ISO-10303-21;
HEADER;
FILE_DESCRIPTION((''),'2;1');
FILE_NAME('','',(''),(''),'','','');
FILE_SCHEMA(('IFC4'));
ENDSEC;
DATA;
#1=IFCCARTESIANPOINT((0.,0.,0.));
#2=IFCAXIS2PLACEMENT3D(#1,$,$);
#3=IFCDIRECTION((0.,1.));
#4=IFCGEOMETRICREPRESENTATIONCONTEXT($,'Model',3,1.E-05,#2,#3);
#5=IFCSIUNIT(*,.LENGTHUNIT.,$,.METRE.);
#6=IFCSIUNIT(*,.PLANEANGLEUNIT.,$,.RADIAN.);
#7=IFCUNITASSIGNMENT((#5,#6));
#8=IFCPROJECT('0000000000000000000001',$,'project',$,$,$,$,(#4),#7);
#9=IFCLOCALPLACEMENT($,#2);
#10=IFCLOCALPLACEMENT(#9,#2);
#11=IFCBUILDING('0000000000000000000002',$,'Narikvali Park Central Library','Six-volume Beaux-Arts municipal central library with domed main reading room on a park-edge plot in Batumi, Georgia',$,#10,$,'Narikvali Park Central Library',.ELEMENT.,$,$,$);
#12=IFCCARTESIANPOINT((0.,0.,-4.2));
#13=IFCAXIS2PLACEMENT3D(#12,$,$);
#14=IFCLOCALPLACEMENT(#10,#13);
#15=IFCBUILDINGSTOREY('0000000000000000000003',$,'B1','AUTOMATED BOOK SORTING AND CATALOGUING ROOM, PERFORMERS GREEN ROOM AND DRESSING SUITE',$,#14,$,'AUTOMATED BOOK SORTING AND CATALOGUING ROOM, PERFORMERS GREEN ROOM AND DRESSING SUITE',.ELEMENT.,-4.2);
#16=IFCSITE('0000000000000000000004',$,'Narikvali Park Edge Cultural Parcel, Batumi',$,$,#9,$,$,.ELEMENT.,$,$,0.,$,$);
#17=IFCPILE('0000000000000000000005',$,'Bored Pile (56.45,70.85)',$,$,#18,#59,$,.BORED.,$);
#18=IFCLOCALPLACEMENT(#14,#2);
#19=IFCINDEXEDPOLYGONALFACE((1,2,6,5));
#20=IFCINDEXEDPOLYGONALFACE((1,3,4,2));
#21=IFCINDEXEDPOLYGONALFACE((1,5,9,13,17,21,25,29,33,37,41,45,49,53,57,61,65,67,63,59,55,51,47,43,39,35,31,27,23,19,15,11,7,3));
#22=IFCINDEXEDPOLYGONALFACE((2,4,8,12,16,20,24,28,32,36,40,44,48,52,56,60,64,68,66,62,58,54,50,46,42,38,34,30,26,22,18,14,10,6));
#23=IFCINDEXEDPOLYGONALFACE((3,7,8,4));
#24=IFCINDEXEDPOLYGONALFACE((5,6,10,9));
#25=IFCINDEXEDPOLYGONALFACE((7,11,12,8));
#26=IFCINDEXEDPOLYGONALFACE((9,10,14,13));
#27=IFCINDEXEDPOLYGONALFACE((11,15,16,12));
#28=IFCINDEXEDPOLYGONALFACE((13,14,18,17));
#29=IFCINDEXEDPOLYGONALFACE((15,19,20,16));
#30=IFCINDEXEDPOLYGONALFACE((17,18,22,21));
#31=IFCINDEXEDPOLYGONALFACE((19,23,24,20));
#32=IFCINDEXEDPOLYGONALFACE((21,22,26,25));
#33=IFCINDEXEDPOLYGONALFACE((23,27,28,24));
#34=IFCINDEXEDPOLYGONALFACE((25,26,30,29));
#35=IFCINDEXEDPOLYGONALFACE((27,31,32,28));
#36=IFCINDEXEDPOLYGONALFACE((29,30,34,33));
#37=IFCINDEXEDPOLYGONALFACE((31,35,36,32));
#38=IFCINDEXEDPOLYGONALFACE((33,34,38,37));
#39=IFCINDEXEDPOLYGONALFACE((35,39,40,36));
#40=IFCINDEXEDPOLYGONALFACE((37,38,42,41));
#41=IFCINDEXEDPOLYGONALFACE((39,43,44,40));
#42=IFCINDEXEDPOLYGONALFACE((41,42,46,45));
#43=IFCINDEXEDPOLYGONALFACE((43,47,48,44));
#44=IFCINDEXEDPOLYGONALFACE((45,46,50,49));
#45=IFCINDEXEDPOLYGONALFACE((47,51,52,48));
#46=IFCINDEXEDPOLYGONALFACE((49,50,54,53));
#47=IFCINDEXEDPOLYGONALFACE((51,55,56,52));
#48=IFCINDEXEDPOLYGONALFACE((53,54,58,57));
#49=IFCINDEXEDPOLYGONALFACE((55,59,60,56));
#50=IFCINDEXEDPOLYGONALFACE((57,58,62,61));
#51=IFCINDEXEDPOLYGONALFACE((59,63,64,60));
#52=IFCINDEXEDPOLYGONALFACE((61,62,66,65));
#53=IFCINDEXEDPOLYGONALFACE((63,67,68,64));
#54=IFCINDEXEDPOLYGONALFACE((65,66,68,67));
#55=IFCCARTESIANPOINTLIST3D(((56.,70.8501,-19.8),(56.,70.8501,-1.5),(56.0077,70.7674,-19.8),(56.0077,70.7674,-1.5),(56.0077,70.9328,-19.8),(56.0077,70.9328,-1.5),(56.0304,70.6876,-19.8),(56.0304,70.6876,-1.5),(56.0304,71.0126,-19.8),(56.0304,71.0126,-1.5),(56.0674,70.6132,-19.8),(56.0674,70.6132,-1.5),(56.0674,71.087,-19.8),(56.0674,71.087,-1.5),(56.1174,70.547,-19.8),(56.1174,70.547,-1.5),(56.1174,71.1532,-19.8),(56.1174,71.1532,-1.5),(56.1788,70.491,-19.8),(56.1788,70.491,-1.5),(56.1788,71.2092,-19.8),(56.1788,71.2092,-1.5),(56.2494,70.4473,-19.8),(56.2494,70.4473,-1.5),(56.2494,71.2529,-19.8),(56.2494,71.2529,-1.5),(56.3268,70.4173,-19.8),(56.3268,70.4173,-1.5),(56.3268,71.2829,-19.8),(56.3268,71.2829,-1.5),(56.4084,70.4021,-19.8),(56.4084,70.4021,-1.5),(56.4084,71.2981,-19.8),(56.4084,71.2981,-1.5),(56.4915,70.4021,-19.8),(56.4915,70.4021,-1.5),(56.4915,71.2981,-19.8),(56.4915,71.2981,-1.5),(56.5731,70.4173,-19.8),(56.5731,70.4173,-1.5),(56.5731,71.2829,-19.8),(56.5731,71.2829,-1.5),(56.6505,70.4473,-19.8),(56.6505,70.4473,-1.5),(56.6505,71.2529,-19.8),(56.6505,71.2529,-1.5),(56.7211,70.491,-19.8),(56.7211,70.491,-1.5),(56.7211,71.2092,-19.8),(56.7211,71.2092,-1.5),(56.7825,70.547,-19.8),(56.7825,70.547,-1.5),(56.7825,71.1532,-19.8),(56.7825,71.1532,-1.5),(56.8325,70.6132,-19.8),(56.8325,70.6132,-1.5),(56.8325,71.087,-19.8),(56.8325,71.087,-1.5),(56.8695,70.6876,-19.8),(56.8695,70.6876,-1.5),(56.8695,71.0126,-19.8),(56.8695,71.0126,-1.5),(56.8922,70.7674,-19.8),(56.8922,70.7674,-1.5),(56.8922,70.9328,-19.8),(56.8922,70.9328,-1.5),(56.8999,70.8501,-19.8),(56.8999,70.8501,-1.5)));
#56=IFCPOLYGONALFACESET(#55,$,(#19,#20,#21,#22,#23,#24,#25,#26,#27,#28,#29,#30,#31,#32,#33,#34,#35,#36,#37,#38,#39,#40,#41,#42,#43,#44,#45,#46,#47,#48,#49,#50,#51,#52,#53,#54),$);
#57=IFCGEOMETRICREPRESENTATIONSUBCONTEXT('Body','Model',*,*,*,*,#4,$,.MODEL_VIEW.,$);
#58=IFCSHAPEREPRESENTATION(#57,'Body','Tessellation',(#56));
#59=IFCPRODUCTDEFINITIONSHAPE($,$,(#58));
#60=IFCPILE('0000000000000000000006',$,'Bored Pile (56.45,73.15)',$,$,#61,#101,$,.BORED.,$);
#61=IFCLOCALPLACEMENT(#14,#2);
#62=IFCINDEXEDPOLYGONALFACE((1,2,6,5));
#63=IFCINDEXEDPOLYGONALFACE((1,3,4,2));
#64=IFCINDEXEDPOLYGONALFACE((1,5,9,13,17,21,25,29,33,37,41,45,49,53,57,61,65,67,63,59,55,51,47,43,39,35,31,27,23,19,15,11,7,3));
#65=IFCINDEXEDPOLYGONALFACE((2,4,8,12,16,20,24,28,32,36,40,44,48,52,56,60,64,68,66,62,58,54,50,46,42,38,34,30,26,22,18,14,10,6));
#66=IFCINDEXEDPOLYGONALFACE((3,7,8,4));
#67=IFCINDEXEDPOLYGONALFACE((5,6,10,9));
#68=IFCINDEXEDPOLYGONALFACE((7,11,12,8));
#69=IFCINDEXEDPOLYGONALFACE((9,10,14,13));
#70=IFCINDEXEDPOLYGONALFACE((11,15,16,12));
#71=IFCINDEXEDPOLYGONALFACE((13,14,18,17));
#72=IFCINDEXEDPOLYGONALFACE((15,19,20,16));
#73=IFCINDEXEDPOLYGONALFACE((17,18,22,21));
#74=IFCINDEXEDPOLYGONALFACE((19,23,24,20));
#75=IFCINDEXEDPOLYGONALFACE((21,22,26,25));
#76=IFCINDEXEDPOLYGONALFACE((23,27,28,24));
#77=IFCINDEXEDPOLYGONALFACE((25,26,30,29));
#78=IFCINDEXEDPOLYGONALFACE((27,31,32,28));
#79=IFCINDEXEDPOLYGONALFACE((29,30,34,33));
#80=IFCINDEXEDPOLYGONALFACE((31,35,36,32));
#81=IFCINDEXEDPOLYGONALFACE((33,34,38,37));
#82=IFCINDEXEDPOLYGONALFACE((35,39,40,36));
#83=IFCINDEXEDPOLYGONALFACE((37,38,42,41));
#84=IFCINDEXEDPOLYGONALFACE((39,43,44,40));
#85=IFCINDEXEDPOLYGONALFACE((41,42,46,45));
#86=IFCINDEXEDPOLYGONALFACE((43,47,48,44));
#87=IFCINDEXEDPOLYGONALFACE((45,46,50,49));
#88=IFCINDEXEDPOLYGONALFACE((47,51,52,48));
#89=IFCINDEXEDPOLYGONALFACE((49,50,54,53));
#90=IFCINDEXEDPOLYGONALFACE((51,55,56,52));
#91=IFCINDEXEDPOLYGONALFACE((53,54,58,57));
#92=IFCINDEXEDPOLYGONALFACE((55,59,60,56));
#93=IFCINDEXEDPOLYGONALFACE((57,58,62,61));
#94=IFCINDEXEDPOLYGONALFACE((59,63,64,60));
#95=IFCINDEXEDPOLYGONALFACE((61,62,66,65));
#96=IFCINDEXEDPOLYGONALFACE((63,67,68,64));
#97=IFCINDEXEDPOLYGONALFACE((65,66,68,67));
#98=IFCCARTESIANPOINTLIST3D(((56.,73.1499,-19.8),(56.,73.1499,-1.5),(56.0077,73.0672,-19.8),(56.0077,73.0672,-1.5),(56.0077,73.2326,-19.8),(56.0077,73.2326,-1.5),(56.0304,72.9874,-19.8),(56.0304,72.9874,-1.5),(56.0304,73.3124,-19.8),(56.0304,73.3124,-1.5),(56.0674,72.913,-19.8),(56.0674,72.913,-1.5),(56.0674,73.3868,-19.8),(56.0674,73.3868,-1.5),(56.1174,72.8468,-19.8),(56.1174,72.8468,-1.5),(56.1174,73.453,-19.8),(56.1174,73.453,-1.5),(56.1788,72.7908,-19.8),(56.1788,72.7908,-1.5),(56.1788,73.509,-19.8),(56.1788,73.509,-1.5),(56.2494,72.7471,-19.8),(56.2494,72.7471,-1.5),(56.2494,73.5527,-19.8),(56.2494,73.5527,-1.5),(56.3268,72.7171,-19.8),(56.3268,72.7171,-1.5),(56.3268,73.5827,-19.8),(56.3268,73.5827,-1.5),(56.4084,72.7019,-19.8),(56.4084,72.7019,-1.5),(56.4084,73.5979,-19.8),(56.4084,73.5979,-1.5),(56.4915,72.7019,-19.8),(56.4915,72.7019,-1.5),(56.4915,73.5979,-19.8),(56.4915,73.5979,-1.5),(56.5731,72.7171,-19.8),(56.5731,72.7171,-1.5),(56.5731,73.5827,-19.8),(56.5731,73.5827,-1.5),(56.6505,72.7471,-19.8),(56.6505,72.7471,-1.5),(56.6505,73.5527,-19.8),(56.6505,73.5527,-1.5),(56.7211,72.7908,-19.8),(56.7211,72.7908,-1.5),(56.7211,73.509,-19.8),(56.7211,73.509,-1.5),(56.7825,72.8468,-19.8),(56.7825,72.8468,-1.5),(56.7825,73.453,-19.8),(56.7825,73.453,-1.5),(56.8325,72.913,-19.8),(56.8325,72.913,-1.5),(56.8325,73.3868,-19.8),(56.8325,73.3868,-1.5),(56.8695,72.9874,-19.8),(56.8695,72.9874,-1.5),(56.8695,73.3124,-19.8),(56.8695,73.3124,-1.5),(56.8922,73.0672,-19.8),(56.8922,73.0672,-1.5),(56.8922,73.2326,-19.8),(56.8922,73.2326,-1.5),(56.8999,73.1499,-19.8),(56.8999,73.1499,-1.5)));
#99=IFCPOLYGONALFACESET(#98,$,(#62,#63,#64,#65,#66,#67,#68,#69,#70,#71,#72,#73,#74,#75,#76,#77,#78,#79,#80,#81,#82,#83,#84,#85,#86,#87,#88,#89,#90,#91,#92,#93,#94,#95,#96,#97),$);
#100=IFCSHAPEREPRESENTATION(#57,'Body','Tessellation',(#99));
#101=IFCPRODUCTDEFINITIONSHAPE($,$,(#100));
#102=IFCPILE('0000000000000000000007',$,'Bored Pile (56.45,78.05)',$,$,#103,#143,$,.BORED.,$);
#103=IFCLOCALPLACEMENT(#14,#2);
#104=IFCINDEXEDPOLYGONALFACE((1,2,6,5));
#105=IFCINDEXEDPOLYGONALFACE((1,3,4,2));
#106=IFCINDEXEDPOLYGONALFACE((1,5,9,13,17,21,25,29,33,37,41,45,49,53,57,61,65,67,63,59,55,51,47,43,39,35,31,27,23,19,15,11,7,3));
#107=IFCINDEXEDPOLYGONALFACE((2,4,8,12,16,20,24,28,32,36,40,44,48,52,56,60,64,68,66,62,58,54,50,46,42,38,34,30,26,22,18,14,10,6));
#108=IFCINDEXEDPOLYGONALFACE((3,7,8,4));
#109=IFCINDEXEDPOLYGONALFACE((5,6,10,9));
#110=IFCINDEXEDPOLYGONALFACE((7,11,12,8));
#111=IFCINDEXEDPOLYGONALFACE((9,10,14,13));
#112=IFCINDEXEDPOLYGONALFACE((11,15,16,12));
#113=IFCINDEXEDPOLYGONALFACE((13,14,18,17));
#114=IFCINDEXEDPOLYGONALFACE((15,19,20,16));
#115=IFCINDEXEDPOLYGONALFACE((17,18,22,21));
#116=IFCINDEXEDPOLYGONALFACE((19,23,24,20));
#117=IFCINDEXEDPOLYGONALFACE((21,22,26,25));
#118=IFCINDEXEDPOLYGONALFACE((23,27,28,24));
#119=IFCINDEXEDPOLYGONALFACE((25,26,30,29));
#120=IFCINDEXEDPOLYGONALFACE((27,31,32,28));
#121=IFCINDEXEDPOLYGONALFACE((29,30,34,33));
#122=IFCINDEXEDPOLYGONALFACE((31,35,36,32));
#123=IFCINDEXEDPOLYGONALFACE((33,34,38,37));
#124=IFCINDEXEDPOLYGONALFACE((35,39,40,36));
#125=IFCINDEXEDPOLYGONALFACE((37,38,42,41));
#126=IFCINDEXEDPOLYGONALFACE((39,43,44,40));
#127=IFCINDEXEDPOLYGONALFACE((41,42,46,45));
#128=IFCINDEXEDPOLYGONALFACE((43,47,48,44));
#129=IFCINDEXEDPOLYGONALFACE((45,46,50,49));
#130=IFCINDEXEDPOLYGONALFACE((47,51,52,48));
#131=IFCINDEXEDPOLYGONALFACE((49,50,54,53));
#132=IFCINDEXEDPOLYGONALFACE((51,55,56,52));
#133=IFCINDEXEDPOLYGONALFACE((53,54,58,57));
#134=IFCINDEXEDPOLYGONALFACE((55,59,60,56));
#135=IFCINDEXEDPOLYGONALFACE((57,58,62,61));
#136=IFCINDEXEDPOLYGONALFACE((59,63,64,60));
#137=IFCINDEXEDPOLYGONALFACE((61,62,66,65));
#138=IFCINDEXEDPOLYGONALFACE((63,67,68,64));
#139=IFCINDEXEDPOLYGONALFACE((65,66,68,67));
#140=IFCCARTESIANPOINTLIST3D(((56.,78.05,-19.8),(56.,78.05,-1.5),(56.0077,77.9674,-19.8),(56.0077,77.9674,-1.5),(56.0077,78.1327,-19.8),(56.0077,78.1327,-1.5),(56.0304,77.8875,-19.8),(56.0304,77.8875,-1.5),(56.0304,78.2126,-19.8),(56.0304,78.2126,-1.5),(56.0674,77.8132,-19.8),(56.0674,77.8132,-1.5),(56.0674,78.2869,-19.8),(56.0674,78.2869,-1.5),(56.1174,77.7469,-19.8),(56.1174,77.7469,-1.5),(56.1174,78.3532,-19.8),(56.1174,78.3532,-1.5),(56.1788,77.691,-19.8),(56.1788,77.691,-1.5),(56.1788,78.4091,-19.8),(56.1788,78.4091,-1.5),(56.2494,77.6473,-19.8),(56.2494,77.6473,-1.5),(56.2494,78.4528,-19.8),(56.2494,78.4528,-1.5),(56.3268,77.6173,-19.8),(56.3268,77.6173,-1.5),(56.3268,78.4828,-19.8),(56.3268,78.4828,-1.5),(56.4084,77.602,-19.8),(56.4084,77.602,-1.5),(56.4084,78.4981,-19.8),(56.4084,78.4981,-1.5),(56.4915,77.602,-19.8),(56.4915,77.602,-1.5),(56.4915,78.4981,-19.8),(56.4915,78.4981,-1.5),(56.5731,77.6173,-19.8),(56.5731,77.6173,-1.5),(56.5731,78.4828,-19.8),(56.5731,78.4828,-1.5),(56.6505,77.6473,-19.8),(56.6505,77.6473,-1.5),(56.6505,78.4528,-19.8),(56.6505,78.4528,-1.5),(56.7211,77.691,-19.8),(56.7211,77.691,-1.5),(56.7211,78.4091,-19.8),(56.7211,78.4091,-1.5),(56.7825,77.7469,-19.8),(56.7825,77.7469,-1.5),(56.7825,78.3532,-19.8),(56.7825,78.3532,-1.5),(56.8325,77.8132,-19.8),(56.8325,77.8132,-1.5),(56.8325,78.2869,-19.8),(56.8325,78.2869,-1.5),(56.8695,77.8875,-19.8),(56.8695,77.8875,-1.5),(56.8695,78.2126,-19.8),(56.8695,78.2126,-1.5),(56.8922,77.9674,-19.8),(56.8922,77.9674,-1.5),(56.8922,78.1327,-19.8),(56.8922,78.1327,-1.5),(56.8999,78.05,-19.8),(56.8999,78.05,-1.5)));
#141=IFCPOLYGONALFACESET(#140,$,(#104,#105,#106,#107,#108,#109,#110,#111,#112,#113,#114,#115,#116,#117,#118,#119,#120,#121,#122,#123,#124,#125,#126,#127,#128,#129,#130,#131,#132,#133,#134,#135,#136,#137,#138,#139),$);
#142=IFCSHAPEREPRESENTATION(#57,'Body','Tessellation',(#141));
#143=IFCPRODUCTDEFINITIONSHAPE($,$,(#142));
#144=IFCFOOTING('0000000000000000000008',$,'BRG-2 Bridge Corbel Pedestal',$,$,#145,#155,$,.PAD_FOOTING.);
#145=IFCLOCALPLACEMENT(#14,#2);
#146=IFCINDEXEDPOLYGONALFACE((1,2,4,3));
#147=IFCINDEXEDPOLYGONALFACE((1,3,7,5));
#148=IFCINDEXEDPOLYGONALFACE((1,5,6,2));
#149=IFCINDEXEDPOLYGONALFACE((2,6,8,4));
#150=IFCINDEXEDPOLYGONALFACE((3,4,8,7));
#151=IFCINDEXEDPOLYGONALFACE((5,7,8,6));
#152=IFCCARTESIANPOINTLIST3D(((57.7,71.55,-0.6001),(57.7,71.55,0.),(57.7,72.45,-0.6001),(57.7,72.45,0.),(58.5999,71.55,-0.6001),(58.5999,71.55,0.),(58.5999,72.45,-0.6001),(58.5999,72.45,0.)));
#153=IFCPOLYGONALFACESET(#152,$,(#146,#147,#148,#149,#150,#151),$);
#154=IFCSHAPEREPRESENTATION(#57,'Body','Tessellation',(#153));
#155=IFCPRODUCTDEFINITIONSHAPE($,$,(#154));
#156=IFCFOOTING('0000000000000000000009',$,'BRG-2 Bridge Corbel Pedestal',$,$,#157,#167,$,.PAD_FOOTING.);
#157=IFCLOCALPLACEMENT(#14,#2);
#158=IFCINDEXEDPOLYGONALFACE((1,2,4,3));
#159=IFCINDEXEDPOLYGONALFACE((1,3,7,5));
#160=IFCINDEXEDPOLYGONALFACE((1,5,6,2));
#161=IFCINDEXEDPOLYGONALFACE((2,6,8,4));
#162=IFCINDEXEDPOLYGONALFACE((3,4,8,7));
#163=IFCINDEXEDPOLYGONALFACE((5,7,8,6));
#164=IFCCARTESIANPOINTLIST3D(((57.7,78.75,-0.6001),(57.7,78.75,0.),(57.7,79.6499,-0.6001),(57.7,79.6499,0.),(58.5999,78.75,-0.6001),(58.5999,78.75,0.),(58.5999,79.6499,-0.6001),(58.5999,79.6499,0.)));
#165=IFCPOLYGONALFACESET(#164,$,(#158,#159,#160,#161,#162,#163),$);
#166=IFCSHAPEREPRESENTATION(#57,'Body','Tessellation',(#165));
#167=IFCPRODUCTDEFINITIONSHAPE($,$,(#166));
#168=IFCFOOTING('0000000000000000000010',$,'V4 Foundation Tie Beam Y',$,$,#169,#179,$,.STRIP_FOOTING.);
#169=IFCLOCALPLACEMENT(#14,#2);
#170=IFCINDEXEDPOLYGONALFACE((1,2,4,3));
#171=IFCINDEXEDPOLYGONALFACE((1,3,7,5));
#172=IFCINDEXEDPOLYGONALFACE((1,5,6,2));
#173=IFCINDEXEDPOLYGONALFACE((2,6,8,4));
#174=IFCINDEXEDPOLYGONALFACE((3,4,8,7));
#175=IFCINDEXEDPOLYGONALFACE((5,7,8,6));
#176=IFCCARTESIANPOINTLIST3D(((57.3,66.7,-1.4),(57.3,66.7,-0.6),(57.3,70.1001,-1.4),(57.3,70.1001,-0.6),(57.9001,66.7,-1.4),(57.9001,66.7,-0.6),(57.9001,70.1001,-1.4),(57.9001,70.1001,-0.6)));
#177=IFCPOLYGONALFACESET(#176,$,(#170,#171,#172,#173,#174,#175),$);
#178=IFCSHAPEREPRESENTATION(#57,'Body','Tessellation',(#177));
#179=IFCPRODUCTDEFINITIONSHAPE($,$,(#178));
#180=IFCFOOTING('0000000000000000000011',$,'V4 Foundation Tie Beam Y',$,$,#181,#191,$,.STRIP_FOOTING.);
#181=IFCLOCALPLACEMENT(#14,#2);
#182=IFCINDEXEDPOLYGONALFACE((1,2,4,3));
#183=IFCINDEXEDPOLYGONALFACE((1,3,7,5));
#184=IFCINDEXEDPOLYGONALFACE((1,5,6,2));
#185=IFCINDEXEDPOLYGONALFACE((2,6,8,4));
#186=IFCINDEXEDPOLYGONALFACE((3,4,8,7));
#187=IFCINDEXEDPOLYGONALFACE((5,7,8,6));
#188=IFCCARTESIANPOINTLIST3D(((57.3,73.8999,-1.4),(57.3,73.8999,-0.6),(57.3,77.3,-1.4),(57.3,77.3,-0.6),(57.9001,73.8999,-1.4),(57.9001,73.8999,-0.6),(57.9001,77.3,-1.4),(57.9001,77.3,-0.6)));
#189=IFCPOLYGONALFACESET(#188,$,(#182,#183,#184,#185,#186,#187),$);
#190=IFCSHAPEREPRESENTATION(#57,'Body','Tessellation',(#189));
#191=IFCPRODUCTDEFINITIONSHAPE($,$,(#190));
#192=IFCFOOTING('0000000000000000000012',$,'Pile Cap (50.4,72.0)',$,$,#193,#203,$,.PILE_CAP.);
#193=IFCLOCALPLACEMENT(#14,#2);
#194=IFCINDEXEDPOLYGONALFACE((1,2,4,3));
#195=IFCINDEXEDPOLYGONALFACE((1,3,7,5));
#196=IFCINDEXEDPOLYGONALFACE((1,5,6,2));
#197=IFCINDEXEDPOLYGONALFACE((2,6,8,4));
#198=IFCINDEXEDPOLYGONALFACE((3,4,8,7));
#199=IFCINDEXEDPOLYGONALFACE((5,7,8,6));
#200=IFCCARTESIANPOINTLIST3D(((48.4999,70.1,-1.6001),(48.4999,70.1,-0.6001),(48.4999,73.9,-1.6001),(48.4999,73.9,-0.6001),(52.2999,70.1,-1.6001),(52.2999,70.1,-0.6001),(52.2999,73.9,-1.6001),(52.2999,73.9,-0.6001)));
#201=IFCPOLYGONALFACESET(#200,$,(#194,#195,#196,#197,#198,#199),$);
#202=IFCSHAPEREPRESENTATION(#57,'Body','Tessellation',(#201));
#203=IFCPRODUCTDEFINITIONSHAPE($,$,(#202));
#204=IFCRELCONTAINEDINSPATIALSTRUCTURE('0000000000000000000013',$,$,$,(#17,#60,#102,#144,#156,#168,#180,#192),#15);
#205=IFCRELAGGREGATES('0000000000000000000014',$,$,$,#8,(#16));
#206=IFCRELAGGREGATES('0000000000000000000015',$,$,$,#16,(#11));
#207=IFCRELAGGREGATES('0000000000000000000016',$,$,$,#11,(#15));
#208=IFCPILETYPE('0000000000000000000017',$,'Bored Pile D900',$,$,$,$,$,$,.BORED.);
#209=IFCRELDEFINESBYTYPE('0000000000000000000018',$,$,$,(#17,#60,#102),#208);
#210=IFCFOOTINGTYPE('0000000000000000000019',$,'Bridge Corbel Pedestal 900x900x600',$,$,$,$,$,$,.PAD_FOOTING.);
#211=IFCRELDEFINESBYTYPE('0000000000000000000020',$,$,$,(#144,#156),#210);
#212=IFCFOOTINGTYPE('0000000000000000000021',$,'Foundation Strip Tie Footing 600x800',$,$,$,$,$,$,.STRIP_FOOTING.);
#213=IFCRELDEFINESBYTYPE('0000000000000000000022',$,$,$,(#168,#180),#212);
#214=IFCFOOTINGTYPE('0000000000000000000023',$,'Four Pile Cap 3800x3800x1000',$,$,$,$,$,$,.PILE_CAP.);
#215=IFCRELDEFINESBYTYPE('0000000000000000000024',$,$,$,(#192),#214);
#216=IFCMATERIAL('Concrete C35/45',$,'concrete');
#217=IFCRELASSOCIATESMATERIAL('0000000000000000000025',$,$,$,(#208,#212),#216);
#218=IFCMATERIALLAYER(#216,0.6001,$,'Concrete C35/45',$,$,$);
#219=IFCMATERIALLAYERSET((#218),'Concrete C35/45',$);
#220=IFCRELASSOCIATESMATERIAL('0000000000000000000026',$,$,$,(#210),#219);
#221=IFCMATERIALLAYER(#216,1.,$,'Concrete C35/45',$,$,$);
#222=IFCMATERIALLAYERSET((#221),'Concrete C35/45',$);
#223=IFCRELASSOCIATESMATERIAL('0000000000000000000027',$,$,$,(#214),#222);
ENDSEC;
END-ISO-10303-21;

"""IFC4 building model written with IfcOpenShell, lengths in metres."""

from ifc_helpers import new_model, si_unit, direction, frame, origin, origin_2d, place, context, subcontext, project, spatial, rectangle, circle, extrude, material, layer, layer_set, material_profile, profile_set, type_object, element, save


model = new_model("IFC4")

# Units and contexts
model_context = context("Model", 3, precision=1e-05, world=origin(), true_north=direction((0.0, 1.0)))
body_context = subcontext(model_context, "Body", "Model", "MODEL_VIEW")
ifc_project = project(units=[si_unit("LENGTHUNIT", "METRE"), si_unit("PLANEANGLEUNIT", "RADIAN")], contexts=[model_context])

# Site, building, storey
site_placement = place(None, origin())
site = spatial("IfcSite", under=ifc_project, at=site_placement, Name="Narikvali Park Edge Cultural Parcel, Batumi", CompositionType="ELEMENT", RefElevation=0.0)
building_placement = place(site_placement, origin())
building = spatial("IfcBuilding", under=site, at=building_placement, Name="Narikvali Park Central Library", Description="Six-volume Beaux-Arts municipal central library with domed main reading room on a park-edge plot in Batumi, Georgia", LongName="Narikvali Park Central Library", CompositionType="ELEMENT")
storey_placement = place(building_placement, frame((0.0, 0.0, -4.2)))
storey = spatial("IfcBuildingStorey", under=building, at=storey_placement, Name="B1", Description="AUTOMATED BOOK SORTING AND CATALOGUING ROOM, PERFORMERS GREEN ROOM AND DRESSING SUITE", LongName="AUTOMATED BOOK SORTING AND CATALOGUING ROOM, PERFORMERS GREEN ROOM AND DRESSING SUITE", CompositionType="ELEMENT", Elevation=-4.2)

# Piles
ifc_material_1 = material(Name="Concrete C35/45", Category="concrete")
ifc_material_profile_1 = material_profile(ifc_material_1, circle(Radius=0.45, at=origin_2d()), Name="PILE D900")
ifc_profile_set_1 = profile_set([ifc_material_profile_1], Name="Concrete C35/45")
pile_type = type_object("IfcPileType", Name="Bored Pile D900", PredefinedType="BORED", material=ifc_profile_set_1)
for number, where, z_axis, x_axis, name in (
    (1, (56.45, 70.8501, -1.5), (0.0, 0.0, -1.0), (1.0, 0.0, 0.0), "Bored Pile (56.45,70.85)"),
    (2, (56.45, 73.1499, -1.5), (0.0, 0.0, -1.0), (1.0, 0.0, 0.0), "Bored Pile (56.45,73.15)"),
    (3, (56.45, 78.05, -1.5), (0.0, 0.0, -1.0), (1.0, 0.0, 0.0), "Bored Pile (56.45,78.05)"),
):
    element("IfcPile", number, at=place(storey_placement, frame(where, z_axis=z_axis, x_axis=x_axis)), inside=storey, type_object=pile_type, Name=name, PredefinedType="BORED", context=body_context, shape_type="SweptSolid", body=[
        extrude(circle(Radius=0.45, at=origin_2d()), origin(), (0.0, 0.0, 1.0), 18.3),
    ])

# Footings
ifc_layer_1 = layer(ifc_material_1, 0.6001, Name="Concrete C35/45")
ifc_layer_set_1 = layer_set([ifc_layer_1], Name="Concrete C35/45")
footing_type_1 = type_object("IfcFootingType", Name="Bridge Corbel Pedestal 900x900x600", PredefinedType="PAD_FOOTING", material=ifc_layer_set_1)
for number, where, z_axis, x_axis, name in (
    (4, (58.1499, 72.0, -0.6001), (0.0, 0.0, 1.0), (1.0, 0.0, 0.0), "BRG-2 Bridge Corbel Pedestal"),
    (5, (58.1499, 79.2, -0.6001), (0.0, 0.0, 1.0), (1.0, 0.0, 0.0), "BRG-2 Bridge Corbel Pedestal"),
):
    element("IfcFooting", number, at=place(storey_placement, frame(where, z_axis=z_axis, x_axis=x_axis)), inside=storey, type_object=footing_type_1, Name=name, PredefinedType="PAD_FOOTING", context=body_context, shape_type="SweptSolid", body=[
        extrude(rectangle(XDim=0.8999, YDim=0.8999, at=origin_2d()), origin(), (0.0, 0.0, 1.0), 0.6001),
    ])
ifc_material_profile_2 = material_profile(ifc_material_1, rectangle(XDim=0.6001, YDim=0.8, at=origin_2d()), Name="RC GB 600x800")
ifc_profile_set_2 = profile_set([ifc_material_profile_2], Name="Concrete C35/45")
footing_type_2 = type_object("IfcFootingType", Name="Foundation Strip Tie Footing 600x800", PredefinedType="STRIP_FOOTING", material=ifc_profile_set_2)
for number, where, z_axis, x_axis, name in (
    (6, (57.6001, 66.7, -1.0), (0.0, 1.0, 0.0), (-1.0, 0.0, 0.0), "V4 Foundation Tie Beam Y"),
    (7, (57.6001, 73.8999, -1.0), (0.0, 1.0, 0.0), (-1.0, 0.0, 0.0), "V4 Foundation Tie Beam Y"),
):
    element("IfcFooting", number, at=place(storey_placement, frame(where, z_axis=z_axis, x_axis=x_axis)), inside=storey, type_object=footing_type_2, Name=name, PredefinedType="STRIP_FOOTING", context=body_context, shape_type="SweptSolid", body=[
        extrude(rectangle(XDim=0.6001, YDim=0.8, at=origin_2d()), origin(), (0.0, 0.0, 1.0), 3.4001),
    ])
ifc_layer_2 = layer(ifc_material_1, 1.0, Name="Concrete C35/45")
ifc_layer_set_2 = layer_set([ifc_layer_2], Name="Concrete C35/45")
footing_type_3 = type_object("IfcFootingType", Name="Four Pile Cap 3800x3800x1000", PredefinedType="PILE_CAP", material=ifc_layer_set_2)
for number, where, z_axis, x_axis, name in (
    (8, (50.3999, 72.0, -1.6001), (0.0, 0.0, 1.0), (1.0, 0.0, 0.0), "Pile Cap (50.4,72.0)"),
):
    element("IfcFooting", number, at=place(storey_placement, frame(where, z_axis=z_axis, x_axis=x_axis)), inside=storey, type_object=footing_type_3, Name=name, PredefinedType="PILE_CAP", context=body_context, shape_type="SweptSolid", body=[
        extrude(rectangle(XDim=3.8, YDim=3.8, at=origin_2d()), origin(), (0.0, 0.0, 1.0), 1.0),
    ])

save(model, "model.ifc")
